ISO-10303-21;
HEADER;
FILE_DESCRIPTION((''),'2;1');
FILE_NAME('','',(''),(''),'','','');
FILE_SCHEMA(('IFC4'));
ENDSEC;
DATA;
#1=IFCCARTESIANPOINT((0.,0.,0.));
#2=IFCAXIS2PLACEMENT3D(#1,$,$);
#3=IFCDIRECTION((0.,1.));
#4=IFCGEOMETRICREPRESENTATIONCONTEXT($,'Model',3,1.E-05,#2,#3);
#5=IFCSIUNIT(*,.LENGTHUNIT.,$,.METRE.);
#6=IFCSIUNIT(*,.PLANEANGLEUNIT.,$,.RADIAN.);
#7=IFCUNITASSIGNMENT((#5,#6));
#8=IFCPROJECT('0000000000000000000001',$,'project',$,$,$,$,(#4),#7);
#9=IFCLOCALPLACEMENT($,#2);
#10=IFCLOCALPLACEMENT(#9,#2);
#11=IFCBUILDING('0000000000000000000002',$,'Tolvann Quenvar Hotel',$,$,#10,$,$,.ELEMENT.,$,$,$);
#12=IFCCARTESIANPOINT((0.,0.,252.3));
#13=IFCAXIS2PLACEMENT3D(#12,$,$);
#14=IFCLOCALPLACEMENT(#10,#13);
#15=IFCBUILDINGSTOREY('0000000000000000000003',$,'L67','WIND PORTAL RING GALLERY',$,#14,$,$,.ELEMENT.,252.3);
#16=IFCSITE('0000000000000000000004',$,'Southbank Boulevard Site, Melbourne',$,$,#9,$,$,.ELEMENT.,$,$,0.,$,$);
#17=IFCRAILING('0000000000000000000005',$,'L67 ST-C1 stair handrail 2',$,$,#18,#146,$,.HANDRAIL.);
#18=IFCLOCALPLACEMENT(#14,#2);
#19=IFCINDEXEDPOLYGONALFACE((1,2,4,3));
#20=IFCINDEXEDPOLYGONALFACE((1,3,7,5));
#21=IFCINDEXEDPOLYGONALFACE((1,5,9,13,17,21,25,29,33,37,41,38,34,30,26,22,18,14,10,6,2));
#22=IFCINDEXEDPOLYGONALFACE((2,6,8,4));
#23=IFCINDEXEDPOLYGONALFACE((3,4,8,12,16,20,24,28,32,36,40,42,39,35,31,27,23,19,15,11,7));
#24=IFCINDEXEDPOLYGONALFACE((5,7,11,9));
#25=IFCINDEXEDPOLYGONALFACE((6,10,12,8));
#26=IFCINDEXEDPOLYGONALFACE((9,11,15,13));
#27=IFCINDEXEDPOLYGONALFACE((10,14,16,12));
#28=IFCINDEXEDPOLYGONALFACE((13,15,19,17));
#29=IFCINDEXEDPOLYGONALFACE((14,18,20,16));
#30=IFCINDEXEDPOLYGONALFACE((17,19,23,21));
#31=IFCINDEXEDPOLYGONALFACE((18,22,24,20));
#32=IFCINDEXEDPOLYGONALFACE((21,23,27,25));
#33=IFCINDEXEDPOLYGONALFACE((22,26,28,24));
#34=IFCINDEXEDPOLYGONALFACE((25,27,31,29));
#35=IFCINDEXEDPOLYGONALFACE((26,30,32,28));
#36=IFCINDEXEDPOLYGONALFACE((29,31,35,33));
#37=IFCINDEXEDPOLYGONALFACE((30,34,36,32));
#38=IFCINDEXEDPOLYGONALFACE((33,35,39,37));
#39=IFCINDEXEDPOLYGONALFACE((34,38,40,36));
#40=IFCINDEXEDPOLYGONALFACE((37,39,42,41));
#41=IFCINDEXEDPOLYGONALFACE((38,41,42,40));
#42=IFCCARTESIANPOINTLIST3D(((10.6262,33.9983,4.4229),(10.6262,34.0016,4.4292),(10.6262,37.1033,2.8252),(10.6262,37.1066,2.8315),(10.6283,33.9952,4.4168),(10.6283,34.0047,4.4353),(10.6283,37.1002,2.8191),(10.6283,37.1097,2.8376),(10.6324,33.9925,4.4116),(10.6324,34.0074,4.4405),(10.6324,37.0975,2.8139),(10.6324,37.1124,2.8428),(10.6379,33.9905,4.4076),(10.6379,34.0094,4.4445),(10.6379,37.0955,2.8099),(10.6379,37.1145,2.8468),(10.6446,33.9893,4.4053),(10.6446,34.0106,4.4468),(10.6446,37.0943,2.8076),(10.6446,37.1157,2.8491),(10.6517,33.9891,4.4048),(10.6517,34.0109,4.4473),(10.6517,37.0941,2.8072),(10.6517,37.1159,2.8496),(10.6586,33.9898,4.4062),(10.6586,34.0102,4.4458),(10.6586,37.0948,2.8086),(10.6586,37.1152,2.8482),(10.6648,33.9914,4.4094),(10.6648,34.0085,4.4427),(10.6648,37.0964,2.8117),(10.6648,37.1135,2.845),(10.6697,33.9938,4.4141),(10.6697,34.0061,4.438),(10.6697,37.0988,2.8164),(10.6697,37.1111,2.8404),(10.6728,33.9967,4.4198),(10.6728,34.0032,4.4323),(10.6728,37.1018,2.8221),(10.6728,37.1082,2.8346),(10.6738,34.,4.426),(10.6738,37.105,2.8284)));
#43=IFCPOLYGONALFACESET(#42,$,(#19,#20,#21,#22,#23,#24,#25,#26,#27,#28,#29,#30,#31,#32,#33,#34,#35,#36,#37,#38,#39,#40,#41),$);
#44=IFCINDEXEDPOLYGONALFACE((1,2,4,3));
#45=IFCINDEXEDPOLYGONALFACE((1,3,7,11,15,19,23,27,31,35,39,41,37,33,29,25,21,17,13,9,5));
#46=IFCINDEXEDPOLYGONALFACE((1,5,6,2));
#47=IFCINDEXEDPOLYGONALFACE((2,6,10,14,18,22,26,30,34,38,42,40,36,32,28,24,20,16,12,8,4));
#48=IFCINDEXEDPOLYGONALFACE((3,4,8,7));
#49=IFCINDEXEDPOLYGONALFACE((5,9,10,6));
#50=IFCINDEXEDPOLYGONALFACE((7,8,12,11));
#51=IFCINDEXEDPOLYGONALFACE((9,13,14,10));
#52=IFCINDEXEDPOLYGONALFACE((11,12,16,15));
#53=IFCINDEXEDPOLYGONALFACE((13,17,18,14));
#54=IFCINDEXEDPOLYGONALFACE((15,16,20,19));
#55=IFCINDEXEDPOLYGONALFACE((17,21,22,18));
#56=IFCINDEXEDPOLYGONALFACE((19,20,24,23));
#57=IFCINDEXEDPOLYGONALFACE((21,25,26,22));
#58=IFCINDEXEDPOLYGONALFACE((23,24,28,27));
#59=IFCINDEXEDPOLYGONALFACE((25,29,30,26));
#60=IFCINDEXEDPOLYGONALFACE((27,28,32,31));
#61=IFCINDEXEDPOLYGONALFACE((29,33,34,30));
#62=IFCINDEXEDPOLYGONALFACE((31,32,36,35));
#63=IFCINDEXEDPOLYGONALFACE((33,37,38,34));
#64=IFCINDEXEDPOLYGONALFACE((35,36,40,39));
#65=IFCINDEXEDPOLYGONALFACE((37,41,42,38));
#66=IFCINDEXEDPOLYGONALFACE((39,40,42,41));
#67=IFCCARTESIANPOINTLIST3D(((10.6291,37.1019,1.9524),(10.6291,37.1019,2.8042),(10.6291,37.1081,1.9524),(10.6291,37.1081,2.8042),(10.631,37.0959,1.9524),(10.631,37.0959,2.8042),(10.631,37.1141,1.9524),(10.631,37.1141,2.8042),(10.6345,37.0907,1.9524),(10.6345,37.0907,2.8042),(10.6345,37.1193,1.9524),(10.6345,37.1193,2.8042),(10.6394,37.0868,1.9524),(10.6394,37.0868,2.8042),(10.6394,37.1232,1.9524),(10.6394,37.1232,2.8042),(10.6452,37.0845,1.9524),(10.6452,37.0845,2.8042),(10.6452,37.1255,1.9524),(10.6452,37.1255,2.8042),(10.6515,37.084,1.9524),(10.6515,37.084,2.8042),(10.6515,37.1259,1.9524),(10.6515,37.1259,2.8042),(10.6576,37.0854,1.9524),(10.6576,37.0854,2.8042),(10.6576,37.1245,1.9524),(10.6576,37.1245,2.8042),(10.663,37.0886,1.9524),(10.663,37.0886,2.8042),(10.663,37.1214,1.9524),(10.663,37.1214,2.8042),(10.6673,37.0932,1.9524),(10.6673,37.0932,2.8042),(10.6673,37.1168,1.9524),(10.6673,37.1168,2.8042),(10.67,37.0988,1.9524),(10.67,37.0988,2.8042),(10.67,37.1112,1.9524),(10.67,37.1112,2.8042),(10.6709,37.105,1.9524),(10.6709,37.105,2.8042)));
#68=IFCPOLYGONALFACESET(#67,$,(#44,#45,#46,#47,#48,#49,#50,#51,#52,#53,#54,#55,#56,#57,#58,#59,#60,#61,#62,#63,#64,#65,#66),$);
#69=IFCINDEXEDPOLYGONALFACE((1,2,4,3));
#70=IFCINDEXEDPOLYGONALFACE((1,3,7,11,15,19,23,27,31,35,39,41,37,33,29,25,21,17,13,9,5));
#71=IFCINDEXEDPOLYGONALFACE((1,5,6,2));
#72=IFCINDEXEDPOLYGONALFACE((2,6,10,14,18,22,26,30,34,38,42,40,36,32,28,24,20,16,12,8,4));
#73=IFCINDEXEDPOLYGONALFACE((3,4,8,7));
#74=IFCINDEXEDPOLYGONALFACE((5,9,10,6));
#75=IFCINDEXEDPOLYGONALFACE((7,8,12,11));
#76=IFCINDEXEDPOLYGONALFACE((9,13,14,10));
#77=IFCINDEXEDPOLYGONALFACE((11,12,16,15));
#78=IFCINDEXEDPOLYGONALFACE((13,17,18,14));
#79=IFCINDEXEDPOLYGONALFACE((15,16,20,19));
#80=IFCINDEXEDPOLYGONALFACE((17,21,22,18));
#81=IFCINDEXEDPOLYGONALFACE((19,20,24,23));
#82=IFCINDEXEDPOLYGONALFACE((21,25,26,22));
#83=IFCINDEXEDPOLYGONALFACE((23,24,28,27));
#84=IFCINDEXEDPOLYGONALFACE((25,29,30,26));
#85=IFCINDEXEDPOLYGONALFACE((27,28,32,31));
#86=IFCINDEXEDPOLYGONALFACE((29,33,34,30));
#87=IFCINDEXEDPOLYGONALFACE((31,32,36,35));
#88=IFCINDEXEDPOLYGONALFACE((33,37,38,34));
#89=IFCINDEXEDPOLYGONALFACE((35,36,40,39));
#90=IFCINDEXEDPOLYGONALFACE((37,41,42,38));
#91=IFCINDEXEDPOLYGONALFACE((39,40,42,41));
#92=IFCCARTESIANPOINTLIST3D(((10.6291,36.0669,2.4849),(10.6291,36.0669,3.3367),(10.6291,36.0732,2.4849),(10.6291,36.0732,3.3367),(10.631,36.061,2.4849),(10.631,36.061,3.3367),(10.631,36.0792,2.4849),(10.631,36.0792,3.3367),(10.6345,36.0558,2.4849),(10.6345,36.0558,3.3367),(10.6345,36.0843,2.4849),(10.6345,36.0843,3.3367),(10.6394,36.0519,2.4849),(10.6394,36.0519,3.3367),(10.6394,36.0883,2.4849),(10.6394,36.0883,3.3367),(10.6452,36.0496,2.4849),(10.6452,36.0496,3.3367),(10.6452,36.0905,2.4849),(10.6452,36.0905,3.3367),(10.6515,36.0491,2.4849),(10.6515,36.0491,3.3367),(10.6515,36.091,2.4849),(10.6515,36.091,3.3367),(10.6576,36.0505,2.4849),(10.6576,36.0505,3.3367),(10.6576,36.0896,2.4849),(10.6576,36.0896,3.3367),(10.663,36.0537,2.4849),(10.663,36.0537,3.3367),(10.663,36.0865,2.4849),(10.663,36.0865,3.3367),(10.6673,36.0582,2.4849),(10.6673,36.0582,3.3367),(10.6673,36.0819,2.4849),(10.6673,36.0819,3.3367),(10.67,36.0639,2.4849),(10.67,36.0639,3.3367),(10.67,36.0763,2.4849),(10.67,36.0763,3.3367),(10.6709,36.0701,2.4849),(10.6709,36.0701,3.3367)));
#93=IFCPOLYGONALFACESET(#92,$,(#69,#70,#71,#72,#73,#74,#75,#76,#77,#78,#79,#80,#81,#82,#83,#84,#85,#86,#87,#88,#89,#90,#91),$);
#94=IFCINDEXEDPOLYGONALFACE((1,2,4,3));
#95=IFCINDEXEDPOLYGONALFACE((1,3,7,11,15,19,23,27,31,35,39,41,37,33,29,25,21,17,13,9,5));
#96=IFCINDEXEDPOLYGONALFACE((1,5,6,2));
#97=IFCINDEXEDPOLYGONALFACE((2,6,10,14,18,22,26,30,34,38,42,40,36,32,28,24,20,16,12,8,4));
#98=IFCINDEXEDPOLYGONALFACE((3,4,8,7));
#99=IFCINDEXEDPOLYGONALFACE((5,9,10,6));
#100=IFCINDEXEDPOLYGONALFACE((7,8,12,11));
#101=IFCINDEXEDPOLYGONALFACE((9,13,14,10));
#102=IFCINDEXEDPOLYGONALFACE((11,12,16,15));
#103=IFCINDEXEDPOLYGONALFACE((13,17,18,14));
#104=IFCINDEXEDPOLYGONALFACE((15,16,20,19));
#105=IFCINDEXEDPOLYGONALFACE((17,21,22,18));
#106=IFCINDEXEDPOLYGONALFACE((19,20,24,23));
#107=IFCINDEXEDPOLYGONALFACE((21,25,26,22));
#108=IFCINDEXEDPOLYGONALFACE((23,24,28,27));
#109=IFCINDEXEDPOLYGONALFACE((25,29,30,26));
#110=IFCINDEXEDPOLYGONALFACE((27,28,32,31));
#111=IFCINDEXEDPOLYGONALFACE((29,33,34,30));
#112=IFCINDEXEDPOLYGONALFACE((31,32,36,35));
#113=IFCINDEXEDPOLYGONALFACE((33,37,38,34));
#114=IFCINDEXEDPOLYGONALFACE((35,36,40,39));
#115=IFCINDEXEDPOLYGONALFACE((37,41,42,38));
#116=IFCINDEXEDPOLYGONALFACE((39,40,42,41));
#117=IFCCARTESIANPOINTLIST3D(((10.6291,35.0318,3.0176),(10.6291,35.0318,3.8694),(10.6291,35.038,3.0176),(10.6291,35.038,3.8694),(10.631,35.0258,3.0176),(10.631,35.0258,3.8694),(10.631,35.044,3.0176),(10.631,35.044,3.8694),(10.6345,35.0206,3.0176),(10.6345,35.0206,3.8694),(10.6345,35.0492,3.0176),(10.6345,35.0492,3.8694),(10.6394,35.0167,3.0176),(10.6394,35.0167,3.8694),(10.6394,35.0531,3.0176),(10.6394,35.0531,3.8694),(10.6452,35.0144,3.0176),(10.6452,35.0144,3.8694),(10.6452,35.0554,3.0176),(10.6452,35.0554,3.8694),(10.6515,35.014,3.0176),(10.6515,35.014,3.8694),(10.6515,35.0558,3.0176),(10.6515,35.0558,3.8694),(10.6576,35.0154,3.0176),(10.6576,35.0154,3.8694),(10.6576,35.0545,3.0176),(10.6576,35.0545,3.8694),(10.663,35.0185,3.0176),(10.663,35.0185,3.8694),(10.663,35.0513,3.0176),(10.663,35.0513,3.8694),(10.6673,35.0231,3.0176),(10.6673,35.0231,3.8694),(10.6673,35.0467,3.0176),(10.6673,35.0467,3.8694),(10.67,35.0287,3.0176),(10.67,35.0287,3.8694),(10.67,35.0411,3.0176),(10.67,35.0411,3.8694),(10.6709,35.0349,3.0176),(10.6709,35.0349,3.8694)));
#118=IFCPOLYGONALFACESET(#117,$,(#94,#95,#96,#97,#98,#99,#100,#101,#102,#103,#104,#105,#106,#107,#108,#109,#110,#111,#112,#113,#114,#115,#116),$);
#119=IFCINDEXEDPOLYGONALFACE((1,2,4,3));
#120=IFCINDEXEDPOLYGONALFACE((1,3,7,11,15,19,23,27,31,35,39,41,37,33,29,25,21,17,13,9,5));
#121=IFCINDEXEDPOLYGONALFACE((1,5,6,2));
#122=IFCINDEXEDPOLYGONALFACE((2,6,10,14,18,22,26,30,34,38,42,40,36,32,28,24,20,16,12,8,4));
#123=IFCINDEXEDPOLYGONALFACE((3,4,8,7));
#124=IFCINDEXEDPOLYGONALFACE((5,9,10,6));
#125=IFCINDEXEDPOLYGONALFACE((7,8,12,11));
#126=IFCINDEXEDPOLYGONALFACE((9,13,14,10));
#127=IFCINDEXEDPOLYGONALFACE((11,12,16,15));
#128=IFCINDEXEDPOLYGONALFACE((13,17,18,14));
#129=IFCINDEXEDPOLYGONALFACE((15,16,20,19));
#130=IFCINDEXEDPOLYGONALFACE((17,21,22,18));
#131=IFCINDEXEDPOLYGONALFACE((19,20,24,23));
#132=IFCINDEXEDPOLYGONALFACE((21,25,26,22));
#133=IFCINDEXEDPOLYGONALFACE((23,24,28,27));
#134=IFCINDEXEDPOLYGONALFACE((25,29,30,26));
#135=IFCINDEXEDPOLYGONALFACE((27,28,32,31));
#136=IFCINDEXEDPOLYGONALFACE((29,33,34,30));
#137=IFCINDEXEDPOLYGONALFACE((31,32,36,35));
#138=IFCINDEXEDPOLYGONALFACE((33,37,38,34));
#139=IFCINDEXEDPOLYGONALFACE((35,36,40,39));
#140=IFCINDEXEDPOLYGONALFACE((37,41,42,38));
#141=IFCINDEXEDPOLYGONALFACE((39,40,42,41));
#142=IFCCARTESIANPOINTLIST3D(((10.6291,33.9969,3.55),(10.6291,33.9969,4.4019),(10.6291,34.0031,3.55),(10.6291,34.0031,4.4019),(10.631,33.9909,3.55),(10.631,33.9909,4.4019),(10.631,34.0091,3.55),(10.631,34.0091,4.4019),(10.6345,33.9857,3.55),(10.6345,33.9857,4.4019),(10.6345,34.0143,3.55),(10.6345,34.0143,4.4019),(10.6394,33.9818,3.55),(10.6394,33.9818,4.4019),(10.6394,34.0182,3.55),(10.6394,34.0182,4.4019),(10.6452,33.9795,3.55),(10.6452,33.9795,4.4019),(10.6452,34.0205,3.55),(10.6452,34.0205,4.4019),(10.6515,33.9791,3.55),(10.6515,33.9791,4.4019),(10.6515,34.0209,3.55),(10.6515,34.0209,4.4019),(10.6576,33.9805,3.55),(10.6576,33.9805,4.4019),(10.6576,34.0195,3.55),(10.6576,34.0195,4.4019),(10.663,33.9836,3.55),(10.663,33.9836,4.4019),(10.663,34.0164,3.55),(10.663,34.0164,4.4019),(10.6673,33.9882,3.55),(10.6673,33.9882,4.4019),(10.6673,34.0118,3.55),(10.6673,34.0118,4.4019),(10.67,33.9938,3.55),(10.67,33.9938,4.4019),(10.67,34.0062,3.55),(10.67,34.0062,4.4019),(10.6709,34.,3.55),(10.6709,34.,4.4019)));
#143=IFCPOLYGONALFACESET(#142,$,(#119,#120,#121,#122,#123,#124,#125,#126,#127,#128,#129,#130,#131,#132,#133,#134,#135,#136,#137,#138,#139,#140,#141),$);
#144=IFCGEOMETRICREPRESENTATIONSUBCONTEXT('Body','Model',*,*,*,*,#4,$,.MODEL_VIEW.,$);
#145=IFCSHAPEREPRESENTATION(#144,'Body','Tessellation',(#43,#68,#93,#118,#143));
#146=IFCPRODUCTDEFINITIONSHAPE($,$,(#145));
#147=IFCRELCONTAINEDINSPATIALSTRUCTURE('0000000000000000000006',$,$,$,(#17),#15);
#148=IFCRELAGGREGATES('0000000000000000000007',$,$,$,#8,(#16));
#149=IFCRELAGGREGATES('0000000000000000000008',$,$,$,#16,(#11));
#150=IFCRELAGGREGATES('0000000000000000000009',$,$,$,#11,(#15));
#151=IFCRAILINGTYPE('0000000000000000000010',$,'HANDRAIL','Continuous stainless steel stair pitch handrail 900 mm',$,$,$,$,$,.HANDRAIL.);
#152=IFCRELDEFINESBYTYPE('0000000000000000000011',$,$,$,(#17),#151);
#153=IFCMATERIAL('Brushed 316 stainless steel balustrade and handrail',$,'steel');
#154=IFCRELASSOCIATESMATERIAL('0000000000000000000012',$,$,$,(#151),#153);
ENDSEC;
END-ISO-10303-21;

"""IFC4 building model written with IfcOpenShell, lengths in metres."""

from ifc_helpers import new_model, si_unit, direction, frame, origin, origin_2d, place, context, subcontext, project, spatial, circle, extrude, material, type_object, element, save


model = new_model("IFC4")

# Units and contexts
model_context = context("Model", 3, precision=1e-05, world=origin(), true_north=direction((0.0, 1.0)))
body_context = subcontext(model_context, "Body", "Model", "MODEL_VIEW")
ifc_project = project(units=[si_unit("LENGTHUNIT", "METRE"), si_unit("PLANEANGLEUNIT", "RADIAN")], contexts=[model_context])

# Site, building, storey
site_placement = place(None, origin())
site = spatial("IfcSite", under=ifc_project, at=site_placement, Name="Southbank Boulevard Site, Melbourne", CompositionType="ELEMENT", RefElevation=0.0)
building_placement = place(site_placement, origin())
building = spatial("IfcBuilding", under=site, at=building_placement, Name="Tolvann Quenvar Hotel", CompositionType="ELEMENT")
storey_placement = place(building_placement, frame((0.0, 0.0, 252.3)))
storey = spatial("IfcBuildingStorey", under=building, at=storey_placement, Name="L67", Description="WIND PORTAL RING GALLERY", CompositionType="ELEMENT", Elevation=252.3)

# Railing
ifc_material_1 = material(Name="Brushed 316 stainless steel balustrade and handrail", Category="steel")
railing_type_1 = type_object("IfcRailingType", Name="HANDRAIL", Description="Continuous stainless steel stair pitch handrail 900 mm", PredefinedType="HANDRAIL", material=ifc_material_1)
railing_1_placement = place(storey_placement, frame((10.6499, 37.105, 1.9524)))
element("IfcRailing", 1, at=railing_1_placement, inside=storey, type_object=railing_type_1, Name="L67 ST-C1 stair handrail 2", PredefinedType="HANDRAIL", context=body_context, shape_type="SweptSolid", body=[
    extrude(circle(Radius=0.0239, at=origin_2d()), frame((0.0, 0.0, 0.876), z_axis=(0.0, -0.889194, 0.457531), x_axis=(1.0, 0.0, 0.0)), (0.0, 0.0, 1.0), 3.4919),
    extrude(circle(Radius=0.021, at=origin_2d()), origin(), (0.0, 0.0, 1.0), 0.8518),
    extrude(circle(Radius=0.021, at=origin_2d()), frame((0.0, -1.0349, 0.5325)), (0.0, 0.0, 1.0), 0.8518),
    extrude(circle(Radius=0.021, at=origin_2d()), frame((0.0, -2.0701, 1.0652)), (0.0, 0.0, 1.0), 0.8518),
    extrude(circle(Radius=0.021, at=origin_2d()), frame((0.0, -3.105, 1.5977)), (0.0, 0.0, 1.0), 0.8518),
])

save(model, "model.ifc")
